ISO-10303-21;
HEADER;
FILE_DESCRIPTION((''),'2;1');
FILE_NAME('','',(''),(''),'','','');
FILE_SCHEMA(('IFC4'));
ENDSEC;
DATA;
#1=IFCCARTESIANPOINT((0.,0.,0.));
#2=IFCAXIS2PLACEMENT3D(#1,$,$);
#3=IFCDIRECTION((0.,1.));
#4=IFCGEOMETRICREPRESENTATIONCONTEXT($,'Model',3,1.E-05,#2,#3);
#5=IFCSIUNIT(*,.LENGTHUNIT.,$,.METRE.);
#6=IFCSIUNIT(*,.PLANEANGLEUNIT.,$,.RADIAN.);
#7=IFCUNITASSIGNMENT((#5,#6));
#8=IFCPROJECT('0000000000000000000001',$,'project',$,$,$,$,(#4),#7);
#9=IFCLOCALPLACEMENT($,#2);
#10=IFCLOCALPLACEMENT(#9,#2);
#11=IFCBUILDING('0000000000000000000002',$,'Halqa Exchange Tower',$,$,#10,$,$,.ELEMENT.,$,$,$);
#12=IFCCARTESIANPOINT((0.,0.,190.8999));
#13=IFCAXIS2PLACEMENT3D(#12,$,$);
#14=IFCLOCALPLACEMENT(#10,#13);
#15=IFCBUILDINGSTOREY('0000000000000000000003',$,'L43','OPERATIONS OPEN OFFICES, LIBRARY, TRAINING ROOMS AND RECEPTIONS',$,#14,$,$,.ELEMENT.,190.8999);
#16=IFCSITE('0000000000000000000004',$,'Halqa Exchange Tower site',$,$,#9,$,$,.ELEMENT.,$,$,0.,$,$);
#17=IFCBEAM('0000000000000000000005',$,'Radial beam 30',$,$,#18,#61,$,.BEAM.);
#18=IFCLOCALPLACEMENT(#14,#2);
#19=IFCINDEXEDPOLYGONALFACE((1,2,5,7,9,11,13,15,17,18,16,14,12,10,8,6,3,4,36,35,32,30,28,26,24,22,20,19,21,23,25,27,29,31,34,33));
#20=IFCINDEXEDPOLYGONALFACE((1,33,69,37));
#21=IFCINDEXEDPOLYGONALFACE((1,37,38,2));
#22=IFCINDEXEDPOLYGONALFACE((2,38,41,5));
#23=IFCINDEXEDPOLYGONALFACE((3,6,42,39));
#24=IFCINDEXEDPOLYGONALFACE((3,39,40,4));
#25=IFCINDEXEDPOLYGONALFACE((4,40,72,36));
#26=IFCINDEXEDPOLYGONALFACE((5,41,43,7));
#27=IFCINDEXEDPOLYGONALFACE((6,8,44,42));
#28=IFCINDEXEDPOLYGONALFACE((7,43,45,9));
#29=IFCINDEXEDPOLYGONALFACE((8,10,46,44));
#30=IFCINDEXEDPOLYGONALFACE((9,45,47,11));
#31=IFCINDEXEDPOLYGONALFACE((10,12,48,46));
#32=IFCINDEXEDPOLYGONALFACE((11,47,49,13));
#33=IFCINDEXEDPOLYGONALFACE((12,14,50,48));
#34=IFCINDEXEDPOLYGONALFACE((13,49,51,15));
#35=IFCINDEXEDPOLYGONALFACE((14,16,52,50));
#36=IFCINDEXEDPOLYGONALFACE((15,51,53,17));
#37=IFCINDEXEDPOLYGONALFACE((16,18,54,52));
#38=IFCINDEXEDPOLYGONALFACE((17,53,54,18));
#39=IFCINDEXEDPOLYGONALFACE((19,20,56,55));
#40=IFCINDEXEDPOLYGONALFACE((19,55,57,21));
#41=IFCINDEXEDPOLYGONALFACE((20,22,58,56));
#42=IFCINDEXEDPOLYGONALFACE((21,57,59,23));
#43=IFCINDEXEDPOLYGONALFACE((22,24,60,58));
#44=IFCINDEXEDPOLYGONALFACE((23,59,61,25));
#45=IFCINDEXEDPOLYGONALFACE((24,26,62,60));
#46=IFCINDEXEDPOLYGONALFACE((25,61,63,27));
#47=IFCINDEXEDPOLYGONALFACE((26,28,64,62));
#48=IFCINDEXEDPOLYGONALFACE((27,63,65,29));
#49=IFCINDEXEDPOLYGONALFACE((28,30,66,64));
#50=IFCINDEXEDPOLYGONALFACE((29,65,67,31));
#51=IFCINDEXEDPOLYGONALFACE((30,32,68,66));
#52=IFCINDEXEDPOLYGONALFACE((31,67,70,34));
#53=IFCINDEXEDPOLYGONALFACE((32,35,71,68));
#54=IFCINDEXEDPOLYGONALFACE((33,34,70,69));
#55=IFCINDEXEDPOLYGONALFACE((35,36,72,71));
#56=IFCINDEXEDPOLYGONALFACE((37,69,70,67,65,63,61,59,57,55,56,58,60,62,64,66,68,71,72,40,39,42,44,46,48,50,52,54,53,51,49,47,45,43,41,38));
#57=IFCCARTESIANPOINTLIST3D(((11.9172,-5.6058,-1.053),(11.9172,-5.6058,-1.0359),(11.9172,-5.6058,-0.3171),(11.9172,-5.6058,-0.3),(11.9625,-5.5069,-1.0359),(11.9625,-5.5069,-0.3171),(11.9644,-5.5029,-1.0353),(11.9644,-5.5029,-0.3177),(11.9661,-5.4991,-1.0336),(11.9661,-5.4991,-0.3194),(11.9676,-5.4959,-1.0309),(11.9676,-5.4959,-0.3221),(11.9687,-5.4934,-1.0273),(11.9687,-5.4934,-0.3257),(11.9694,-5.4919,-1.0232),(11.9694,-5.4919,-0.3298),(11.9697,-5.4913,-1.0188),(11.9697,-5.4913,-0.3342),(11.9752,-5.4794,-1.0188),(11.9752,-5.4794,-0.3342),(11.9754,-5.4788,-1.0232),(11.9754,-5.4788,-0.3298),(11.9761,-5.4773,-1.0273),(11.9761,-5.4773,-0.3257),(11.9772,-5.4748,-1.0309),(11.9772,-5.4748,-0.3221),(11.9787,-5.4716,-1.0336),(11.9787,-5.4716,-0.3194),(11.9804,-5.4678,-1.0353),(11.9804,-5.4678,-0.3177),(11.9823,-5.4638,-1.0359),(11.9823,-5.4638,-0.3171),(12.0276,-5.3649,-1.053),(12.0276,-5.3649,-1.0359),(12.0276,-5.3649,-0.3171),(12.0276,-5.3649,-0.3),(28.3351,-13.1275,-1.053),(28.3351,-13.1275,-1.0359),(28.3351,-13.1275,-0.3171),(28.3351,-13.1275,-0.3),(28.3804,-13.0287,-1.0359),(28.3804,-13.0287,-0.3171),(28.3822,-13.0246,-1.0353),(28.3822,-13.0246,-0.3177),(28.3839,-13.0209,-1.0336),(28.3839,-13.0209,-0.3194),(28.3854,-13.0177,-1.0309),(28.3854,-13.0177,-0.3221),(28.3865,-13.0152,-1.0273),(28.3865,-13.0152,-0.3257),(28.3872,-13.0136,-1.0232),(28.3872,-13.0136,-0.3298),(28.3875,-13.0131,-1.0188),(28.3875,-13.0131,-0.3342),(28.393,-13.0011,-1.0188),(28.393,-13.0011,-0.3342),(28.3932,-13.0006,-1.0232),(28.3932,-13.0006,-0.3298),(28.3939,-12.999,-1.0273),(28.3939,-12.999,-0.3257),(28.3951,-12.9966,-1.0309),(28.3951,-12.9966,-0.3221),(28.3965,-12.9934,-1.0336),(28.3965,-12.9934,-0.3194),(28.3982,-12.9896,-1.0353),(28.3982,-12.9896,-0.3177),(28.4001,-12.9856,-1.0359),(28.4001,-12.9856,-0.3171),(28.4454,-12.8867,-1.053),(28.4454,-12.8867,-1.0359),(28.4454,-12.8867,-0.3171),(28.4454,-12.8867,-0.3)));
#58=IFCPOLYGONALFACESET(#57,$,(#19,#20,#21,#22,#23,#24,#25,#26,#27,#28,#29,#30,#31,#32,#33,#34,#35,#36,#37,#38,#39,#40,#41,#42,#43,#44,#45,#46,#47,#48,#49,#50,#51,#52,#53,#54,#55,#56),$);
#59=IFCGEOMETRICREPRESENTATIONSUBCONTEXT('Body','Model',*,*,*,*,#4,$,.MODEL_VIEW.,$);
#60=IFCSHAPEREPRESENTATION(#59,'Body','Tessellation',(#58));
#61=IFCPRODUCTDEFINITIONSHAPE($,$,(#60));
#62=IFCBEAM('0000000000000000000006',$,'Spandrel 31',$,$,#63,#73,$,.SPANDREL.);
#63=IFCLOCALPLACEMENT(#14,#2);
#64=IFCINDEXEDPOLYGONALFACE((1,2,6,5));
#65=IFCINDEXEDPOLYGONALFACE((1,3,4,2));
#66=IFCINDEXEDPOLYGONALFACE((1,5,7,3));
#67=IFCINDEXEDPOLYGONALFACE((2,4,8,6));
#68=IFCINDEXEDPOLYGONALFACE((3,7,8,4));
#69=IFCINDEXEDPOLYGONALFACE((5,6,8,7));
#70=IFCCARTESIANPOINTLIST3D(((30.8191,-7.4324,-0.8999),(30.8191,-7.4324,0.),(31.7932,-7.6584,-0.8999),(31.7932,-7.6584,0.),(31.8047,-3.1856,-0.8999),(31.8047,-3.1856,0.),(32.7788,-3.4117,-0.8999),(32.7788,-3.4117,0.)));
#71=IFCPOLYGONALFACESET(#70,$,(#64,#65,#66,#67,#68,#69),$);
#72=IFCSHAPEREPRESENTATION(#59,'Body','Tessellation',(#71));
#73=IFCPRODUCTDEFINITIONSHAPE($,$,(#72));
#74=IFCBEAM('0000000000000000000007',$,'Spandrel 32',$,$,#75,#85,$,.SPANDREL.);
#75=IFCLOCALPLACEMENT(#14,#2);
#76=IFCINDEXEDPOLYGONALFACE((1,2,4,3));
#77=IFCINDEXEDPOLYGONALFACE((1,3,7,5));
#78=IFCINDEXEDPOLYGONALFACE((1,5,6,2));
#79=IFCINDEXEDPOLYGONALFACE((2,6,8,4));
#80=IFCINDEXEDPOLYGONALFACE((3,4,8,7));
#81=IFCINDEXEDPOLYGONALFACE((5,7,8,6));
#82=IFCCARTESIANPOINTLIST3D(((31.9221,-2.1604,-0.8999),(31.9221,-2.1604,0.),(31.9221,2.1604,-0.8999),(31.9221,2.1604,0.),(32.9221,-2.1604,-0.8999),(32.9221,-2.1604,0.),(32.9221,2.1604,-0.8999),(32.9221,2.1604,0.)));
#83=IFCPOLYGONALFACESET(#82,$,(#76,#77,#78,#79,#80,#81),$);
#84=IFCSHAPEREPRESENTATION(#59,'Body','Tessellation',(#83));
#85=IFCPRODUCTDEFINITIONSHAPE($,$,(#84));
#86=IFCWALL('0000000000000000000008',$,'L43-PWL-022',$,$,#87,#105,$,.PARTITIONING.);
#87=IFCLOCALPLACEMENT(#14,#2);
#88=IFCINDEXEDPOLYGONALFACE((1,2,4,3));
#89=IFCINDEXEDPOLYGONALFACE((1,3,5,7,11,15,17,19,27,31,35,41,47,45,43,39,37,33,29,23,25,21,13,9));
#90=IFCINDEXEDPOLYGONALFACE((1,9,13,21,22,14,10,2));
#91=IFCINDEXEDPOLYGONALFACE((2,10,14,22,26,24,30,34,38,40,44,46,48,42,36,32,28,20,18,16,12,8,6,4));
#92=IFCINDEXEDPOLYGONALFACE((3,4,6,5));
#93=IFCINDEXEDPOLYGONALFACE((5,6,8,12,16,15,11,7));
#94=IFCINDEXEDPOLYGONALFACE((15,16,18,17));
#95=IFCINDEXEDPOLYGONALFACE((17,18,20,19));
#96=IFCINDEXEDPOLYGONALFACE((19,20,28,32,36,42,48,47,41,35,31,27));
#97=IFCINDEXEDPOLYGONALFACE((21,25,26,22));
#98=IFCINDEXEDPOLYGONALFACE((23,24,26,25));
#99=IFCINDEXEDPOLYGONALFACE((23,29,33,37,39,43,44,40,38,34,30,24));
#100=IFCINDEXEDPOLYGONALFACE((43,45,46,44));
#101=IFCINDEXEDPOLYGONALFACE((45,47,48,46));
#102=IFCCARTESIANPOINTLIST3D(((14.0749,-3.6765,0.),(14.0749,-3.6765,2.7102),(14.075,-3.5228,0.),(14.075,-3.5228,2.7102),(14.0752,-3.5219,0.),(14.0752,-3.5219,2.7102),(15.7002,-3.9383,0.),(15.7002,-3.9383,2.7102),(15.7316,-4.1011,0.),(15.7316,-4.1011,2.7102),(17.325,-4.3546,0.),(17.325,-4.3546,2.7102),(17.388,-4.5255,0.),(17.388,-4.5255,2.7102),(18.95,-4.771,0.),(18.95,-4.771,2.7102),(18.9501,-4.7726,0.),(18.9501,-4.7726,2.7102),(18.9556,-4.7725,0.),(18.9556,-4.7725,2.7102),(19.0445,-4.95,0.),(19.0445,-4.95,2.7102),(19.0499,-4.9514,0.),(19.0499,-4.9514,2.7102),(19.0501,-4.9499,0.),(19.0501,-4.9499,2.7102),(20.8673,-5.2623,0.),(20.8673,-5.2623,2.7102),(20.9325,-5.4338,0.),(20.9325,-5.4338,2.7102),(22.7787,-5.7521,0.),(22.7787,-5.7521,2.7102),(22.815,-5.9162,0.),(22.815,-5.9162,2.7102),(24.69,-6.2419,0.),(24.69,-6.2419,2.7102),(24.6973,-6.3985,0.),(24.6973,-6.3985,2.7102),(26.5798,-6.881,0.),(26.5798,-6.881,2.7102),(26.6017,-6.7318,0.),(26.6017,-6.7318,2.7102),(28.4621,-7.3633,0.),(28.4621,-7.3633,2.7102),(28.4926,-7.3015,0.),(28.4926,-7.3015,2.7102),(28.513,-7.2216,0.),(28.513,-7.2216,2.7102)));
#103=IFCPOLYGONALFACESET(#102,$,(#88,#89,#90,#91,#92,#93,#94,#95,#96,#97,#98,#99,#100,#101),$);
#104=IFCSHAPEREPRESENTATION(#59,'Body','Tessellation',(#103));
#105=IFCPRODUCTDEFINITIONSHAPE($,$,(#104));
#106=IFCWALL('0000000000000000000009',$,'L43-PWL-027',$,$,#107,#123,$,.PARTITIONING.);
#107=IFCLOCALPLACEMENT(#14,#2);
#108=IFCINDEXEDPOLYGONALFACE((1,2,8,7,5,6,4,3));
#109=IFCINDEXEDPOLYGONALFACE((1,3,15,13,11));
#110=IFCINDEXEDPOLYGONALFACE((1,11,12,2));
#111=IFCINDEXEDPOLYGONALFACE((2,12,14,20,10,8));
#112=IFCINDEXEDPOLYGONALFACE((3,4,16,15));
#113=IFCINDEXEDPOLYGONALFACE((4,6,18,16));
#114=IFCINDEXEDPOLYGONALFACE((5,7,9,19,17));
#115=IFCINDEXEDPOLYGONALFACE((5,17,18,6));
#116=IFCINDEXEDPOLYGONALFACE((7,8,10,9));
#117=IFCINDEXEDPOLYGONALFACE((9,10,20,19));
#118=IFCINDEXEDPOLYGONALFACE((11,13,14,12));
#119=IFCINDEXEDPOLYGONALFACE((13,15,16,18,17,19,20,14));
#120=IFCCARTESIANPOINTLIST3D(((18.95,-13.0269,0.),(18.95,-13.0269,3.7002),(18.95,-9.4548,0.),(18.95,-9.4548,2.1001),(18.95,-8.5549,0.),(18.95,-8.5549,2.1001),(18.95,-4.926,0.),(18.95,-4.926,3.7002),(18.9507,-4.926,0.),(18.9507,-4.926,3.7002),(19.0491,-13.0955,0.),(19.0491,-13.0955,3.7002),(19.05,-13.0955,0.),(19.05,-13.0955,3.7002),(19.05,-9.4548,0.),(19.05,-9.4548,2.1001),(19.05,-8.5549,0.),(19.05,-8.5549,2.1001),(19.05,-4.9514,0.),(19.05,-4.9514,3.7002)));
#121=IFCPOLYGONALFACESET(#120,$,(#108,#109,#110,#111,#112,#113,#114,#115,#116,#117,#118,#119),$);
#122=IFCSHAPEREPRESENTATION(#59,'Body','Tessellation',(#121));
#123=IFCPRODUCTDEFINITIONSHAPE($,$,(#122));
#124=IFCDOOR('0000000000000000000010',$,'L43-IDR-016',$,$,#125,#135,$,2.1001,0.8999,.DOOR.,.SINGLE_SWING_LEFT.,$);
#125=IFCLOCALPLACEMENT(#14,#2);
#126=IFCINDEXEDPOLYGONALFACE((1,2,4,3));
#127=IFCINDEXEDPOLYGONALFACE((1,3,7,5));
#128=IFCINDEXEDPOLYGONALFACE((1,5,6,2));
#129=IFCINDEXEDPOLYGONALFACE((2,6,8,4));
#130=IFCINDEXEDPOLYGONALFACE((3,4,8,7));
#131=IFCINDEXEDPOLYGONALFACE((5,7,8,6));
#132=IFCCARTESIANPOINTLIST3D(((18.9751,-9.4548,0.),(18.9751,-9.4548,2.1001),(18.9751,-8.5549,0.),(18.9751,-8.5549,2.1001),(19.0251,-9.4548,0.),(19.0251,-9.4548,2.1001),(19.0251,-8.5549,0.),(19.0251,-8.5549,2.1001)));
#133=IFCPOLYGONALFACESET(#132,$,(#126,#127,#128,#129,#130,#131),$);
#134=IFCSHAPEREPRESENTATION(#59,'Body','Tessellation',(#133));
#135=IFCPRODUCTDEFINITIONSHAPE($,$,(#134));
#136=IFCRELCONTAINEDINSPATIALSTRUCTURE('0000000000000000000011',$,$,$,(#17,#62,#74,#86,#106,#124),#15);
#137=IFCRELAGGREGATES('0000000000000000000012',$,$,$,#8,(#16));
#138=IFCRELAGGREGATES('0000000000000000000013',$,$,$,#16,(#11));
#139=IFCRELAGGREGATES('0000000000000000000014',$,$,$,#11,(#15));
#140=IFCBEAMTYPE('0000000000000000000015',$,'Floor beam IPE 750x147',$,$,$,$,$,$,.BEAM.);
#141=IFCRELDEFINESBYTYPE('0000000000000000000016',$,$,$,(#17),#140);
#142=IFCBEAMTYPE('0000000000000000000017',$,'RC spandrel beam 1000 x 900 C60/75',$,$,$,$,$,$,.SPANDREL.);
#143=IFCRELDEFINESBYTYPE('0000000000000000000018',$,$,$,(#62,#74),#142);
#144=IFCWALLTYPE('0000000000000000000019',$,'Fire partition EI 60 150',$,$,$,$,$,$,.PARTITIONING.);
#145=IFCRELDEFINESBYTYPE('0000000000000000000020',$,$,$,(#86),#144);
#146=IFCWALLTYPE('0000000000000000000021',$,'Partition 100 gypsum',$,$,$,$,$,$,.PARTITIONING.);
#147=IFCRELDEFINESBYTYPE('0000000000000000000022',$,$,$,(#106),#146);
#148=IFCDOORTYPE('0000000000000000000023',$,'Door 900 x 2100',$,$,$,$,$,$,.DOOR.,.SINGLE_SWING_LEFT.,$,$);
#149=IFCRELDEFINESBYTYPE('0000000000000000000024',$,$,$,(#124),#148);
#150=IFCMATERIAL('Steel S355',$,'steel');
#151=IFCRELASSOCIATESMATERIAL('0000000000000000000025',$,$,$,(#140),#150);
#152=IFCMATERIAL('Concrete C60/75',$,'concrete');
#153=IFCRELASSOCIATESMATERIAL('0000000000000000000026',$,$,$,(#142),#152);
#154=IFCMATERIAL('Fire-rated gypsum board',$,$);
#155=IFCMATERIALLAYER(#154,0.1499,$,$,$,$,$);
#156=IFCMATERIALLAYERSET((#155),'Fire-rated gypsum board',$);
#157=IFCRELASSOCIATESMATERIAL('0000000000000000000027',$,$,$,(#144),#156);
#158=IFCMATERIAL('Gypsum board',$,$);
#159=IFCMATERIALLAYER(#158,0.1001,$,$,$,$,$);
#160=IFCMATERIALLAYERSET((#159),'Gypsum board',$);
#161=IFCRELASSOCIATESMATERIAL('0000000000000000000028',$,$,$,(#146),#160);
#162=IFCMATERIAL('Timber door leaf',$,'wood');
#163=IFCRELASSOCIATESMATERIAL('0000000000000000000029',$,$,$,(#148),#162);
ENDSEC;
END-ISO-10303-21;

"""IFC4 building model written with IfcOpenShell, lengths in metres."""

from ifc_helpers import new_model, si_unit, direction, frame, frame_2d, origin, origin_2d, place, context, subcontext, project, spatial, polyline, rectangle, i_section, outline, extrude, material, layer, layer_set, material_profile, profile_set, type_object, element, fill, save


model = new_model("IFC4")

# Units and contexts
model_context = context("Model", 3, precision=1e-05, world=origin(), true_north=direction((0.0, 1.0)))
body_context = subcontext(model_context, "Body", "Model", "MODEL_VIEW")
ifc_project = project(units=[si_unit("LENGTHUNIT", "METRE"), si_unit("PLANEANGLEUNIT", "RADIAN")], contexts=[model_context])

# Site, building, storey
site_placement = place(None, origin())
site = spatial("IfcSite", under=ifc_project, at=site_placement, Name="Halqa Exchange Tower site", CompositionType="ELEMENT", RefElevation=0.0)
building_placement = place(site_placement, origin())
building = spatial("IfcBuilding", under=site, at=building_placement, Name="Halqa Exchange Tower", CompositionType="ELEMENT")
storey_placement = place(building_placement, frame((0.0, 0.0, 190.8999)))
storey = spatial("IfcBuildingStorey", under=building, at=storey_placement, Name="L43", Description="OPERATIONS OPEN OFFICES, LIBRARY, TRAINING ROOMS AND RECEPTIONS", CompositionType="ELEMENT", Elevation=190.8999)

# Shared definitions
ifc_material_1 = material(Name="Concrete C60/75", Category="concrete")

# Beams
ifc_material_2 = material(Name="Steel S355", Category="steel")
ifc_material_profile_1 = material_profile(ifc_material_2, i_section(OverallWidth=0.2649, OverallDepth=0.7529, WebThickness=0.0132, FlangeThickness=0.0171, FilletRadius=0.0171, at=origin_2d()), Name="IPE 750x147")
ifc_profile_set_1 = profile_set([ifc_material_profile_1], Name="Steel S355")
beam_type_1 = type_object("IfcBeamType", Name="Floor beam IPE 750x147", PredefinedType="BEAM", material=ifc_profile_set_1)
beam_1_placement = place(storey_placement, frame((11.9724, -5.4854, -0.6765), z_axis=(0.909129, -0.416515, 0.0), x_axis=(0.416515, 0.909129, 0.0)))
element("IfcBeam", 1, at=beam_1_placement, inside=storey, type_object=beam_type_1, Name="Radial beam 30", PredefinedType="BEAM", context=body_context, shape_type="SweptSolid", body=[
    extrude(i_section(OverallWidth=0.2649, OverallDepth=0.7529, WebThickness=0.0132, FlangeThickness=0.0171, FilletRadius=0.0171, at=origin_2d()), origin(), (0.0, 0.0, 1.0), 18.0588),
])
ifc_material_profile_2 = material_profile(ifc_material_1, rectangle(XDim=1.0, YDim=0.8999, at=origin_2d()), Name="1000 x 900")
ifc_profile_set_2 = profile_set([ifc_material_profile_2], Name="Concrete C60/75")
beam_type_2 = type_object("IfcBeamType", Name="RC spandrel beam 1000 x 900 C60/75", PredefinedType="SPANDREL", material=ifc_profile_set_2)
beam_2_placement = place(storey_placement, frame((31.3062, -7.5454, -0.45), z_axis=(0.22607, 0.974111, 0.0), x_axis=(-0.974111, 0.22607, 0.0)))
element("IfcBeam", 2, at=beam_2_placement, inside=storey, type_object=beam_type_2, Name="Spandrel 31", PredefinedType="SPANDREL", context=body_context, shape_type="SweptSolid", body=[
    extrude(rectangle(XDim=1.0, YDim=0.8999, at=origin_2d()), origin(), (0.0, 0.0, 1.0), 4.3596),
])
beam_3_placement = place(storey_placement, frame((32.4221, -2.1604, -0.45), z_axis=(0.0, 1.0, 0.0), x_axis=(-1.0, 0.0, 0.0)))
element("IfcBeam", 3, at=beam_3_placement, inside=storey, type_object=beam_type_2, Name="Spandrel 32", PredefinedType="SPANDREL", context=body_context, shape_type="SweptSolid", body=[
    extrude(rectangle(XDim=1.0, YDim=0.8999, at=origin_2d()), origin(), (0.0, 0.0, 1.0), 4.3208),
])

# Shared definitions
ifc_material_3 = material(Name="Fire-rated gypsum board")
ifc_layer_1 = layer(ifc_material_3, 0.1499)
ifc_layer_set_1 = layer_set([ifc_layer_1], Name="Fire-rated gypsum board")
wall_type_1 = type_object("IfcWallType", Name="Fire partition EI 60 150", PredefinedType="PARTITIONING", material=ifc_layer_set_1)

# Wall
wall_1_placement = place(storey_placement, frame((14.0566, -3.5945, 0.0), z_axis=(0.0, 0.0, 1.0), x_axis=(0.968701, -0.248232, 0.0)))
element("IfcWall", 4, at=wall_1_placement, inside=storey, type_object=wall_type_1, Name="L43-PWL-022", PredefinedType="PARTITIONING", context=body_context, shape_type="SweptSolid", body=[
    extrude(outline(polyline([(0.0381, -0.075), (1.7483, -0.075), (3.4583, -0.075), (5.1682, -0.075), (5.1736, -0.0735), (5.1738, -0.075), (7.1172, -0.075), (9.0605, -0.075), (11.0037, -0.075), (12.947, -0.075), (14.8901, -0.075), (14.9043, -0.0076), (14.9043, 0.075), (12.9312, 0.075), (10.9578, 0.075), (8.9846, 0.075), (7.0115, 0.075), (5.0381, 0.075), (5.0327, 0.0735), (5.0322, 0.075), (3.3547, 0.075), (1.6775, 0.075), (0.0, 0.075), (0.0, 0.074), (0.0381, -0.075)])), origin(), (0.0, 0.0, 1.0), 2.7102),
])

# Wall, opening, door
ifc_material_4 = material(Name="Gypsum board")
ifc_layer_2 = layer(ifc_material_4, 0.1001)
ifc_layer_set_2 = layer_set([ifc_layer_2], Name="Gypsum board")
wall_type_2 = type_object("IfcWallType", Name="Partition 100 gypsum", PredefinedType="PARTITIONING", material=ifc_layer_set_2)
wall_2_placement = place(storey_placement, frame((19.0, -4.926, 0.0), z_axis=(0.0, 0.0, 1.0), x_axis=(0.0, -1.0, 0.0)))
wall_2 = element("IfcWall", 5, at=wall_2_placement, inside=storey, type_object=wall_type_2, Name="L43-PWL-027", PredefinedType="PARTITIONING", context=body_context, shape_type="SweptSolid", body=[
    extrude(outline(polyline([(0.0, -0.05), (1.6201, -0.05), (3.2402, -0.05), (4.8604, -0.05), (6.4807, -0.05), (8.1008, -0.05), (8.1694, 0.0491), (8.1694, 0.05), (6.5405, 0.05), (4.9119, 0.05), (3.283, 0.05), (1.6543, 0.05), (0.0254, 0.05), (0.0, -0.0493), (0.0, -0.05)])), origin(), (0.0, 0.0, 1.0), 3.7002),
])
opening_1_placement = place(wall_2_placement, frame((3.6289, 0.0, 0.0)))
opening_1 = element("IfcOpeningElement", 6, at=opening_1_placement, cuts=wall_2, PredefinedType="OPENING", context=body_context, shape_type="SweptSolid", body=[
    extrude(rectangle(XDim=0.8999, YDim=2.1001, at=frame_2d((0.45, 1.05))), frame((0.0, 0.062, 0.0), z_axis=(0.0, -1.0, 0.0), x_axis=(1.0, 0.0, 0.0)), (0.0, 0.0, 1.0), 0.124),
])
ifc_material_5 = material(Name="Timber door leaf", Category="wood")
door_type_1 = type_object("IfcDoorType", Name="Door 900 x 2100", OperationType="SINGLE_SWING_LEFT", PredefinedType="DOOR", material=ifc_material_5)
door_1_placement = place(opening_1_placement, frame((0.8999, 0.0, 0.0), z_axis=(0.0, 0.0, 1.0), x_axis=(-1.0, 0.0, 0.0)))
door_1 = element("IfcDoor", 7, at=door_1_placement, inside=storey, type_object=door_type_1, Name="L43-IDR-016", OperationType="SINGLE_SWING_LEFT", OverallHeight=2.1001, OverallWidth=0.8999, PredefinedType="DOOR", context=body_context, shape_type="SweptSolid", body=[
    extrude(rectangle(XDim=0.8999, YDim=2.1001, at=frame_2d((0.45, 1.05))), frame((0.0, 0.0249, 0.0), z_axis=(0.0, -1.0, 0.0), x_axis=(1.0, 0.0, 0.0)), (0.0, 0.0, 1.0), 0.05),
])
fill(opening_1, door_1)

save(model, "model.ifc")
